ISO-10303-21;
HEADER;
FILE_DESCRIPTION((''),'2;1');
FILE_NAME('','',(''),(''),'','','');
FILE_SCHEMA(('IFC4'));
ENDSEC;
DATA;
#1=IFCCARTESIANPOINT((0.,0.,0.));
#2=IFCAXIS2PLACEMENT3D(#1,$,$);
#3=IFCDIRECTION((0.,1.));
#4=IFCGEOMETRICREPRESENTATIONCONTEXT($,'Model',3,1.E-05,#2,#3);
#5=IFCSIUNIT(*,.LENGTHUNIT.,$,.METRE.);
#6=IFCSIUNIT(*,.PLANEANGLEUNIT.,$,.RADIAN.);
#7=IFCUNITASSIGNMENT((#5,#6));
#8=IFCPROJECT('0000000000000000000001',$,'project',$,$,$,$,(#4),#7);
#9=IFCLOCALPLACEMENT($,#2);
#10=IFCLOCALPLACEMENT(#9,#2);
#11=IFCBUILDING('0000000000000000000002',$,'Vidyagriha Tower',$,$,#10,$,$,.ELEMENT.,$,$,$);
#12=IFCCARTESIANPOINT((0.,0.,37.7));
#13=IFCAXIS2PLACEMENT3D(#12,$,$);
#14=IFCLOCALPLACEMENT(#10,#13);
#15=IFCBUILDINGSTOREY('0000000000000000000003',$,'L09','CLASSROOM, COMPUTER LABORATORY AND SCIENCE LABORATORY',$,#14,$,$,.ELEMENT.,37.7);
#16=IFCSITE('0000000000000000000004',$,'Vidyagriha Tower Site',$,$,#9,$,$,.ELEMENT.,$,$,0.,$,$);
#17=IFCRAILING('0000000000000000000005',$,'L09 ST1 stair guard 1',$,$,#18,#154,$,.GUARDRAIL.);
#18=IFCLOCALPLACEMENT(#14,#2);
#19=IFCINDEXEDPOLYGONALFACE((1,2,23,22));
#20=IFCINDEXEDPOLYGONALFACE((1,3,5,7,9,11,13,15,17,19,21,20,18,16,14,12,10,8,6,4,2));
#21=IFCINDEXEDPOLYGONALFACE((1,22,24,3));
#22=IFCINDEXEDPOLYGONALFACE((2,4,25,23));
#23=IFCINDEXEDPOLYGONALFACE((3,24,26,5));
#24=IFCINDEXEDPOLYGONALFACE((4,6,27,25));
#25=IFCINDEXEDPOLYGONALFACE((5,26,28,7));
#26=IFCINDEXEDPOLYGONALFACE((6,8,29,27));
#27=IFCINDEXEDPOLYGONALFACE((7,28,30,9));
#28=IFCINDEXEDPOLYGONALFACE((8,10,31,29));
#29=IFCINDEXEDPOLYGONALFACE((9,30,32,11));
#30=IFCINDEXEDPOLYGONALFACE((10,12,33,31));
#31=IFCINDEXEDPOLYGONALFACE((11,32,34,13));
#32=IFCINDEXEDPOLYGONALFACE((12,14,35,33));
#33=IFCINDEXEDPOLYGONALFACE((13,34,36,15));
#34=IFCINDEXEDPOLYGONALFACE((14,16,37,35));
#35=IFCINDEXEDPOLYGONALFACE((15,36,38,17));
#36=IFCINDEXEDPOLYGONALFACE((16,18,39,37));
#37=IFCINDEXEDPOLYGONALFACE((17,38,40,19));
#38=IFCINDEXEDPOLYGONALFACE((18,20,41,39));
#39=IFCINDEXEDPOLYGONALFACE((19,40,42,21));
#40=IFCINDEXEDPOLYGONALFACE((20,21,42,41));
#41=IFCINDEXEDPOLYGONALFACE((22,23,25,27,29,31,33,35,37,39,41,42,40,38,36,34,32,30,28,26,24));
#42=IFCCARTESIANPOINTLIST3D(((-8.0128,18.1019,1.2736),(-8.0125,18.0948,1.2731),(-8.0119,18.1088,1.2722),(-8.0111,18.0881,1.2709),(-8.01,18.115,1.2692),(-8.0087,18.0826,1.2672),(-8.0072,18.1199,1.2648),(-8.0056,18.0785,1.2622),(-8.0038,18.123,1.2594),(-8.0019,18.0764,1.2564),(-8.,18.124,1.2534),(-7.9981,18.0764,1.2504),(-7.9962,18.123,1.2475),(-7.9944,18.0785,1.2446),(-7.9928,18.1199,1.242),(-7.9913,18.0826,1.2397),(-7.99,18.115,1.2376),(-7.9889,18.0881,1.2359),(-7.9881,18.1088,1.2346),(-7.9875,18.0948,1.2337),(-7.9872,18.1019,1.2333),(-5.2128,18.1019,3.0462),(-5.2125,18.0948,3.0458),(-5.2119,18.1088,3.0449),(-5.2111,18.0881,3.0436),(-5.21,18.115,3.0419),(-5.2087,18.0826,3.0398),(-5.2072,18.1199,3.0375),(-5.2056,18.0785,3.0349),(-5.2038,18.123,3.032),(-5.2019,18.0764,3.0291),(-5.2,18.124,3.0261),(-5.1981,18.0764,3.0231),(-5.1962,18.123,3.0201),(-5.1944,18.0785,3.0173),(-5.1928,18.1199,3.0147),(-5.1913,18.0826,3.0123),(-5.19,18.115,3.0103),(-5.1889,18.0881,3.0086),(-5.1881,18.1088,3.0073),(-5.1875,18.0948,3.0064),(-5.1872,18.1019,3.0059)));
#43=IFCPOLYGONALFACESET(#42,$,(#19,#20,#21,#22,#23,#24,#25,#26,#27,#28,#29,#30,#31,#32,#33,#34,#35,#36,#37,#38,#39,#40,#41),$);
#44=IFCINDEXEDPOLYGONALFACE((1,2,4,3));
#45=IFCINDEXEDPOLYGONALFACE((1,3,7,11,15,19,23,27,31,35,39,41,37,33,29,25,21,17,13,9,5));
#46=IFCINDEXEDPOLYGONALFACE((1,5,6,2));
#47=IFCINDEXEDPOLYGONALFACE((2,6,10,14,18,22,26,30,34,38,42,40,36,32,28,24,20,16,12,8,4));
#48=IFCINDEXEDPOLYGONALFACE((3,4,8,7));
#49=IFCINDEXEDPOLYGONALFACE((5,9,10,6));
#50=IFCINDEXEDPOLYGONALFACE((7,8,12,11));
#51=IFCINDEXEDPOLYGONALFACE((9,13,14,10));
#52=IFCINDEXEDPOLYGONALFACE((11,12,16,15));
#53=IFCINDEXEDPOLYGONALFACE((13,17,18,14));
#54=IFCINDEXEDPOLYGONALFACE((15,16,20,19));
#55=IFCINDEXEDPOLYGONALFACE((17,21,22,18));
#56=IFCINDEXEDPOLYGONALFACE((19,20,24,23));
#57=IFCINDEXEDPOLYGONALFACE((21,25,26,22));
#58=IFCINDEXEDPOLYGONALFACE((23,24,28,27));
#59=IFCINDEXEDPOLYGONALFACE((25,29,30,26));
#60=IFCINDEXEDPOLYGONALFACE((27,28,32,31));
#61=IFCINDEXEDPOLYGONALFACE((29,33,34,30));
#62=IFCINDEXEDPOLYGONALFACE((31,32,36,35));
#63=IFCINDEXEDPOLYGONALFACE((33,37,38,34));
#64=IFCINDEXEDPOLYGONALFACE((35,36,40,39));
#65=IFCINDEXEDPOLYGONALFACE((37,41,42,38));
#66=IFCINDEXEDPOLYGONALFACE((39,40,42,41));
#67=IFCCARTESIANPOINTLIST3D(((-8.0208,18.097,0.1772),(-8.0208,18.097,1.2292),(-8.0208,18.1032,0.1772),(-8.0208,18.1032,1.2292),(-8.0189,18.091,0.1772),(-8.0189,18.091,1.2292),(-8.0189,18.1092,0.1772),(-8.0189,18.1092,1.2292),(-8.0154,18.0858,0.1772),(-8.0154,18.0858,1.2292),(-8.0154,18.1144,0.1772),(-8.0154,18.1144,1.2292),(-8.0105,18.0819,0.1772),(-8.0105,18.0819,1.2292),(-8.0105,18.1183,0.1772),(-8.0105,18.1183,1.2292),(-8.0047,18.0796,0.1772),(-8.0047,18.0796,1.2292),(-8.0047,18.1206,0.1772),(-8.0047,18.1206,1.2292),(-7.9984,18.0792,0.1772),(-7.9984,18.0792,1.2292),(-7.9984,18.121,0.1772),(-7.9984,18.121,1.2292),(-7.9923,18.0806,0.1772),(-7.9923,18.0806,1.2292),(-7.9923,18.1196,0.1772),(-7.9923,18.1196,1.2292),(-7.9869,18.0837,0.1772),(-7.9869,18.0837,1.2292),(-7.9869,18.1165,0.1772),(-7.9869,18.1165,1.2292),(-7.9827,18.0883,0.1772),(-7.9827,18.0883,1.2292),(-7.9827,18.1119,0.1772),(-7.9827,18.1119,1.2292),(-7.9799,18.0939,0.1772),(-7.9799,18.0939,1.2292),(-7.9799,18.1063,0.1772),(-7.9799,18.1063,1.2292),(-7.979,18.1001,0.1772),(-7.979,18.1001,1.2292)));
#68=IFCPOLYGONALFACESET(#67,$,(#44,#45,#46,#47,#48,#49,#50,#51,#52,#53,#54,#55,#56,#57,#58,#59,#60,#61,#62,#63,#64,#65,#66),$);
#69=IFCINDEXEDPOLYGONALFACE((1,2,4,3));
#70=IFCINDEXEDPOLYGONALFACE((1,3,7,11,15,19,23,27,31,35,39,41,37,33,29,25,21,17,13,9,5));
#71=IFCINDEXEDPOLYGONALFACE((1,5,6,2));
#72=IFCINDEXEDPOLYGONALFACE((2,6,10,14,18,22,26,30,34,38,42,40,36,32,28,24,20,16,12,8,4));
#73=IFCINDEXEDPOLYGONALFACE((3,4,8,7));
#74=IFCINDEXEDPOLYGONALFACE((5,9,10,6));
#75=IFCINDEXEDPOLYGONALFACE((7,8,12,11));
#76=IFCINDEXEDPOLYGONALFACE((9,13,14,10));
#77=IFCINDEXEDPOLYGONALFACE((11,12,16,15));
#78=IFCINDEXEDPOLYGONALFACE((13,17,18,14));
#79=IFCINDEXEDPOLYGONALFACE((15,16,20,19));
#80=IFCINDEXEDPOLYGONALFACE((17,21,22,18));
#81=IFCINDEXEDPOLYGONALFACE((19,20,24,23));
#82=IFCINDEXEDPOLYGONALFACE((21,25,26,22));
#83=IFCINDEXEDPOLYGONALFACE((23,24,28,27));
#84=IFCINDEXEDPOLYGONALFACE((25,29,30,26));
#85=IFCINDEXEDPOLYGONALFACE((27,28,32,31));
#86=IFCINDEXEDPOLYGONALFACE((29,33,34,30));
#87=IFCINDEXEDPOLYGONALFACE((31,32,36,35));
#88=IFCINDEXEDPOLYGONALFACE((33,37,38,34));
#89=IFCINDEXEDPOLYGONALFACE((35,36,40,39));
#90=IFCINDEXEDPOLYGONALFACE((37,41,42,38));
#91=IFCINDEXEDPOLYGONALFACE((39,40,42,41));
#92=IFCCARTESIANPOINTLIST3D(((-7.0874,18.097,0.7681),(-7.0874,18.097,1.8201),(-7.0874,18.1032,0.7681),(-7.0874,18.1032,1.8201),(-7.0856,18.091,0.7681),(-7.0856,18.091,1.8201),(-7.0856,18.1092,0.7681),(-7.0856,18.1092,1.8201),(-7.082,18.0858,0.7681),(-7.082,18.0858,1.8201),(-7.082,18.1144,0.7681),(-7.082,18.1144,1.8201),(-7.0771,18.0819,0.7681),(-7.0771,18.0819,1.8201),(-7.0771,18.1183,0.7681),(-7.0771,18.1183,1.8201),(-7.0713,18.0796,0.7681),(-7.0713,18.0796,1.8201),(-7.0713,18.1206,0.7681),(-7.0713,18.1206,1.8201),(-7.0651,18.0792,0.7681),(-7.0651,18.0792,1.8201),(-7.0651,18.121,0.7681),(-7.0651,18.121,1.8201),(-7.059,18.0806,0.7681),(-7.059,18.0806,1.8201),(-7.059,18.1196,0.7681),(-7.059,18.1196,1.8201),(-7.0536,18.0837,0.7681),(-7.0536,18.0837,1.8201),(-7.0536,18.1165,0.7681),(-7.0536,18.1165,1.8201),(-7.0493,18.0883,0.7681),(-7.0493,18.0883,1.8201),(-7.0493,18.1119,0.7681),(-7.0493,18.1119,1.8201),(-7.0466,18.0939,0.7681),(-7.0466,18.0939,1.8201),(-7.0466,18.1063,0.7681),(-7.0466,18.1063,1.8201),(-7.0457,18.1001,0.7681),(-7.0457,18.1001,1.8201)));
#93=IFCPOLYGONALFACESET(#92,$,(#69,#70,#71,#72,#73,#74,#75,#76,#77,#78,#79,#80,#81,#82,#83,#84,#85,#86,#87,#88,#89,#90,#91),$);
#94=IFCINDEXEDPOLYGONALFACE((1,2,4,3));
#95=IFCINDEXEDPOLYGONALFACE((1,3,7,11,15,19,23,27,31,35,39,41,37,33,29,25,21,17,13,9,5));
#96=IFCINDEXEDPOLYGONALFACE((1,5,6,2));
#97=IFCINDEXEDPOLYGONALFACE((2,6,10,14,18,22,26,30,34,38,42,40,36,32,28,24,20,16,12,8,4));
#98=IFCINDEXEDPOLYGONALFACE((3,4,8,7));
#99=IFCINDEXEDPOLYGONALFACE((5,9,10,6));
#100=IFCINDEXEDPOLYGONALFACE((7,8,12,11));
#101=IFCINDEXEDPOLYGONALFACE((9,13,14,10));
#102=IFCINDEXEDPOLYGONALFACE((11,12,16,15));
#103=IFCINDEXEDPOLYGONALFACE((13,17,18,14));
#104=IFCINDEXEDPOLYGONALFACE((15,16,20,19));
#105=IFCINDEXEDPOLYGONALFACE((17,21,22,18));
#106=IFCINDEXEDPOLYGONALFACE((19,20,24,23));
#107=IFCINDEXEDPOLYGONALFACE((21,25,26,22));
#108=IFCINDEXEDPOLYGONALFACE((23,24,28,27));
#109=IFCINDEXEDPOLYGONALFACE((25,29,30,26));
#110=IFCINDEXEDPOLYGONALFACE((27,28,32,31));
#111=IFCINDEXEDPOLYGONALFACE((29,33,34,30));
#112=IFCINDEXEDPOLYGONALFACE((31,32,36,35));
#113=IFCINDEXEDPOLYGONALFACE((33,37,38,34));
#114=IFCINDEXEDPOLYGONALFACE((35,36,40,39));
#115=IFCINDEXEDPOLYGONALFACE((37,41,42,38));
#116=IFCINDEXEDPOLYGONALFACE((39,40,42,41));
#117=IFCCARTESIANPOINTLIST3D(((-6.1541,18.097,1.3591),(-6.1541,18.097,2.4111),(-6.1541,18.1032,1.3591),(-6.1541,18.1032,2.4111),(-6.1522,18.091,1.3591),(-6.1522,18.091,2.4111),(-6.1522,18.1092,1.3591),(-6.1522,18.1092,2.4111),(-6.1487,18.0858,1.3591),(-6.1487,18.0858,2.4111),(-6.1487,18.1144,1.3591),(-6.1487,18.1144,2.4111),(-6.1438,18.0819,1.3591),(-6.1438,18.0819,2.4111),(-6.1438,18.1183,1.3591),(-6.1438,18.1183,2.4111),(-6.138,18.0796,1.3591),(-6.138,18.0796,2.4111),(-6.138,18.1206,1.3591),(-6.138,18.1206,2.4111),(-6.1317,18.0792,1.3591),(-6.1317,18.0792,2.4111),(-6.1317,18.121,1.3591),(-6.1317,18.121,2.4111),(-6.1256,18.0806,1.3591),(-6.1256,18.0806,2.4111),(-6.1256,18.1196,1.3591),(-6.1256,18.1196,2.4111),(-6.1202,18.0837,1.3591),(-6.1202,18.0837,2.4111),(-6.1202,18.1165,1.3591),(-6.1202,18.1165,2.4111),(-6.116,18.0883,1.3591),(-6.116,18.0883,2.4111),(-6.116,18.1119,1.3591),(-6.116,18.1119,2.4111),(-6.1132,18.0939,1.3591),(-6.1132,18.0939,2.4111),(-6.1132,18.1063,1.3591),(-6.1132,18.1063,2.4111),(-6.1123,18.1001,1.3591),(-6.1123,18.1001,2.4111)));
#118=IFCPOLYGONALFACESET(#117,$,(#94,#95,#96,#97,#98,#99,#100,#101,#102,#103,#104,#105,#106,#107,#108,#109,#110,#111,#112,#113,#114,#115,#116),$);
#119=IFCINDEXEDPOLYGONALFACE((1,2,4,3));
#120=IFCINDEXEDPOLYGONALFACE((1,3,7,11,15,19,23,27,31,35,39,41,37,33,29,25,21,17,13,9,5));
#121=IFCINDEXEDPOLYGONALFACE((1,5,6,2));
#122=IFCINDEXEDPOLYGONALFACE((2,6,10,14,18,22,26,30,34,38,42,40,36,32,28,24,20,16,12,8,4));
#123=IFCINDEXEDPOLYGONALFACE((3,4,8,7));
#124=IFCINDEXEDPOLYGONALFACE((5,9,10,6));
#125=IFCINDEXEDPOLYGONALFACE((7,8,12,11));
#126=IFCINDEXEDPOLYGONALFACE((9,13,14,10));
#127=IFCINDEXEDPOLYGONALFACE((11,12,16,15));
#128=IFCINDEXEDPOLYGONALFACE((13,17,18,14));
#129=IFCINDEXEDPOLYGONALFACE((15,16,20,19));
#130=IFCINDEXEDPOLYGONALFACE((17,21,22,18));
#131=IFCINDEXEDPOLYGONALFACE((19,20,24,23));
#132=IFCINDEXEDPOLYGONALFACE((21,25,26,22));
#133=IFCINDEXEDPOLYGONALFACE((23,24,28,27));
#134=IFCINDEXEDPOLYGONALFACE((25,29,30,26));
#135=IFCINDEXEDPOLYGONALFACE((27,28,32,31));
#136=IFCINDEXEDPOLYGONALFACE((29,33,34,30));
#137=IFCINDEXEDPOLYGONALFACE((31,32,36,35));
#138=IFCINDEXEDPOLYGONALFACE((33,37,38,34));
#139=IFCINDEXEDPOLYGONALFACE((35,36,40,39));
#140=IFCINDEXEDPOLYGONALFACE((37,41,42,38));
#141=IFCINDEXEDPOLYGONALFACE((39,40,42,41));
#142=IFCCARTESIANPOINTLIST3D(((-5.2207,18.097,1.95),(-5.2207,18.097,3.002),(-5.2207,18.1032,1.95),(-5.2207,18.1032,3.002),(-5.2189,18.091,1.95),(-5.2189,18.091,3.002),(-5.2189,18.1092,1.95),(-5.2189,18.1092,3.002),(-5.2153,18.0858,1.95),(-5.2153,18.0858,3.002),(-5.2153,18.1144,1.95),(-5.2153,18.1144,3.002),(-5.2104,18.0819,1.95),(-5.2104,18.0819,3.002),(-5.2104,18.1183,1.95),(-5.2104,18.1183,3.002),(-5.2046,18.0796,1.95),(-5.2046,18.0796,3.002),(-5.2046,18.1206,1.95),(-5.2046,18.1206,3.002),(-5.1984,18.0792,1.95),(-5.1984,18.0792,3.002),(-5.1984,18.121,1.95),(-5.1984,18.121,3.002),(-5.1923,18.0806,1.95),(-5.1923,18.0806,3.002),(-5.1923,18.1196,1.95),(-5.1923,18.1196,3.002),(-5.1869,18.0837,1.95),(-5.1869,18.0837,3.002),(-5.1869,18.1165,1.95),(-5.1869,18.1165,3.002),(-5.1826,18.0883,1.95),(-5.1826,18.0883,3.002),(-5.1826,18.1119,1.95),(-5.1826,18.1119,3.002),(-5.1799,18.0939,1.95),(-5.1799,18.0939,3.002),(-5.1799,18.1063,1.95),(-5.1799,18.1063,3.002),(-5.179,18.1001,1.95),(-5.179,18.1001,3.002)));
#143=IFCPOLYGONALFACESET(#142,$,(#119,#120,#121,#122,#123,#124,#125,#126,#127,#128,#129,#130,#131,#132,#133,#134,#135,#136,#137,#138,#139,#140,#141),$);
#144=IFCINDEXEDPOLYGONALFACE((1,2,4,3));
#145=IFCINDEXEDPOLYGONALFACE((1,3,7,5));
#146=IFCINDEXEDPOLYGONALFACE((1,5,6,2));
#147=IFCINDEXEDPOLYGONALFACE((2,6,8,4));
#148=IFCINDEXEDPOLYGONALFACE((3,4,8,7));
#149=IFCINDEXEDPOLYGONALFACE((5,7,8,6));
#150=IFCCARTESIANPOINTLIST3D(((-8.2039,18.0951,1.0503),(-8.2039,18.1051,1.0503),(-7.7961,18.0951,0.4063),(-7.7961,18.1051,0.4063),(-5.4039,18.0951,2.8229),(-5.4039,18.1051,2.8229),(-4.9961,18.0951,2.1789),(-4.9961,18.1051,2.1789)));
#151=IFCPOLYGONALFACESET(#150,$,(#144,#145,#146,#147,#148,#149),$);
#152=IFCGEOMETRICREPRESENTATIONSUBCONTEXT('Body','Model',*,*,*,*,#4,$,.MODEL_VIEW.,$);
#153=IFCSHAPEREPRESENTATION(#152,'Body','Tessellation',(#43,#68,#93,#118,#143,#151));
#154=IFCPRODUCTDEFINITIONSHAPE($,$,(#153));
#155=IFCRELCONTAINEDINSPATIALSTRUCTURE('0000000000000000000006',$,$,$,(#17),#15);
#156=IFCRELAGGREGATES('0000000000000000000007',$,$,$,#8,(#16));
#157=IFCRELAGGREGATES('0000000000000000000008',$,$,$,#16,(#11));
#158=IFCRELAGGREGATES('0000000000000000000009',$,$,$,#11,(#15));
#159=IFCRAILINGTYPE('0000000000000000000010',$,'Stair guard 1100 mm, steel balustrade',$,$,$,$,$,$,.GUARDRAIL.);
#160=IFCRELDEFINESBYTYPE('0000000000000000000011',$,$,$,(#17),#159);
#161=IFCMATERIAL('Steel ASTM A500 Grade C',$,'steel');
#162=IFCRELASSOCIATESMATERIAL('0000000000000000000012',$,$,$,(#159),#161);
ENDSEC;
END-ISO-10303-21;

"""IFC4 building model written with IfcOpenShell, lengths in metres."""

from ifc_helpers import new_model, si_unit, direction, frame, origin, origin_2d, place, context, subcontext, project, spatial, rectangle, circle, extrude, material, type_object, element, save


model = new_model("IFC4")

# Units and contexts
model_context = context("Model", 3, precision=1e-05, world=origin(), true_north=direction((0.0, 1.0)))
body_context = subcontext(model_context, "Body", "Model", "MODEL_VIEW")
ifc_project = project(units=[si_unit("LENGTHUNIT", "METRE"), si_unit("PLANEANGLEUNIT", "RADIAN")], contexts=[model_context])

# Site, building, storey
site_placement = place(None, origin())
site = spatial("IfcSite", under=ifc_project, at=site_placement, Name="Vidyagriha Tower Site", CompositionType="ELEMENT", RefElevation=0.0)
building_placement = place(site_placement, origin())
building = spatial("IfcBuilding", under=site, at=building_placement, Name="Vidyagriha Tower", CompositionType="ELEMENT")
storey_placement = place(building_placement, frame((0.0, 0.0, 37.7)))
storey = spatial("IfcBuildingStorey", under=building, at=storey_placement, Name="L09", Description="CLASSROOM, COMPUTER LABORATORY AND SCIENCE LABORATORY", CompositionType="ELEMENT", Elevation=37.7)

# Railing
ifc_material_1 = material(Name="Steel ASTM A500 Grade C", Category="steel")
railing_type_1 = type_object("IfcRailingType", Name="Stair guard 1100 mm, steel balustrade", PredefinedType="GUARDRAIL", material=ifc_material_1)
railing_1_placement = place(storey_placement, frame((-8.0, 18.1001, 0.1772)))
element("IfcRailing", 1, at=railing_1_placement, inside=storey, type_object=railing_type_1, Name="L09 ST1 stair guard 1", PredefinedType="GUARDRAIL", context=body_context, shape_type="SweptSolid", body=[
    extrude(circle(Radius=0.0239, at=origin_2d()), frame((0.0, 0.0, 1.0762), z_axis=(0.844909, 0.0, 0.53491), x_axis=(0.0, 1.0, 0.0)), (0.0, 0.0, 1.0), 3.314),
    extrude(circle(Radius=0.021, at=origin_2d()), origin(), (0.0, 0.0, 1.0), 1.052),
    extrude(circle(Radius=0.021, at=origin_2d()), frame((0.9333, 0.0, 0.5908)), (0.0, 0.0, 1.0), 1.052),
    extrude(circle(Radius=0.021, at=origin_2d()), frame((1.8667, 0.0, 1.1819)), (0.0, 0.0, 1.0), 1.052),
    extrude(circle(Radius=0.021, at=origin_2d()), frame((2.8, 0.0, 1.7727)), (0.0, 0.0, 1.0), 1.052),
    extrude(rectangle(XDim=0.01, YDim=0.7622, at=origin_2d()), frame((0.0, 0.0, 0.551), z_axis=(0.844909, 0.0, 0.53491), x_axis=(0.0, 1.0, 0.0)), (0.0, 0.0, 1.0), 3.314),
])

save(model, "model.ifc")
